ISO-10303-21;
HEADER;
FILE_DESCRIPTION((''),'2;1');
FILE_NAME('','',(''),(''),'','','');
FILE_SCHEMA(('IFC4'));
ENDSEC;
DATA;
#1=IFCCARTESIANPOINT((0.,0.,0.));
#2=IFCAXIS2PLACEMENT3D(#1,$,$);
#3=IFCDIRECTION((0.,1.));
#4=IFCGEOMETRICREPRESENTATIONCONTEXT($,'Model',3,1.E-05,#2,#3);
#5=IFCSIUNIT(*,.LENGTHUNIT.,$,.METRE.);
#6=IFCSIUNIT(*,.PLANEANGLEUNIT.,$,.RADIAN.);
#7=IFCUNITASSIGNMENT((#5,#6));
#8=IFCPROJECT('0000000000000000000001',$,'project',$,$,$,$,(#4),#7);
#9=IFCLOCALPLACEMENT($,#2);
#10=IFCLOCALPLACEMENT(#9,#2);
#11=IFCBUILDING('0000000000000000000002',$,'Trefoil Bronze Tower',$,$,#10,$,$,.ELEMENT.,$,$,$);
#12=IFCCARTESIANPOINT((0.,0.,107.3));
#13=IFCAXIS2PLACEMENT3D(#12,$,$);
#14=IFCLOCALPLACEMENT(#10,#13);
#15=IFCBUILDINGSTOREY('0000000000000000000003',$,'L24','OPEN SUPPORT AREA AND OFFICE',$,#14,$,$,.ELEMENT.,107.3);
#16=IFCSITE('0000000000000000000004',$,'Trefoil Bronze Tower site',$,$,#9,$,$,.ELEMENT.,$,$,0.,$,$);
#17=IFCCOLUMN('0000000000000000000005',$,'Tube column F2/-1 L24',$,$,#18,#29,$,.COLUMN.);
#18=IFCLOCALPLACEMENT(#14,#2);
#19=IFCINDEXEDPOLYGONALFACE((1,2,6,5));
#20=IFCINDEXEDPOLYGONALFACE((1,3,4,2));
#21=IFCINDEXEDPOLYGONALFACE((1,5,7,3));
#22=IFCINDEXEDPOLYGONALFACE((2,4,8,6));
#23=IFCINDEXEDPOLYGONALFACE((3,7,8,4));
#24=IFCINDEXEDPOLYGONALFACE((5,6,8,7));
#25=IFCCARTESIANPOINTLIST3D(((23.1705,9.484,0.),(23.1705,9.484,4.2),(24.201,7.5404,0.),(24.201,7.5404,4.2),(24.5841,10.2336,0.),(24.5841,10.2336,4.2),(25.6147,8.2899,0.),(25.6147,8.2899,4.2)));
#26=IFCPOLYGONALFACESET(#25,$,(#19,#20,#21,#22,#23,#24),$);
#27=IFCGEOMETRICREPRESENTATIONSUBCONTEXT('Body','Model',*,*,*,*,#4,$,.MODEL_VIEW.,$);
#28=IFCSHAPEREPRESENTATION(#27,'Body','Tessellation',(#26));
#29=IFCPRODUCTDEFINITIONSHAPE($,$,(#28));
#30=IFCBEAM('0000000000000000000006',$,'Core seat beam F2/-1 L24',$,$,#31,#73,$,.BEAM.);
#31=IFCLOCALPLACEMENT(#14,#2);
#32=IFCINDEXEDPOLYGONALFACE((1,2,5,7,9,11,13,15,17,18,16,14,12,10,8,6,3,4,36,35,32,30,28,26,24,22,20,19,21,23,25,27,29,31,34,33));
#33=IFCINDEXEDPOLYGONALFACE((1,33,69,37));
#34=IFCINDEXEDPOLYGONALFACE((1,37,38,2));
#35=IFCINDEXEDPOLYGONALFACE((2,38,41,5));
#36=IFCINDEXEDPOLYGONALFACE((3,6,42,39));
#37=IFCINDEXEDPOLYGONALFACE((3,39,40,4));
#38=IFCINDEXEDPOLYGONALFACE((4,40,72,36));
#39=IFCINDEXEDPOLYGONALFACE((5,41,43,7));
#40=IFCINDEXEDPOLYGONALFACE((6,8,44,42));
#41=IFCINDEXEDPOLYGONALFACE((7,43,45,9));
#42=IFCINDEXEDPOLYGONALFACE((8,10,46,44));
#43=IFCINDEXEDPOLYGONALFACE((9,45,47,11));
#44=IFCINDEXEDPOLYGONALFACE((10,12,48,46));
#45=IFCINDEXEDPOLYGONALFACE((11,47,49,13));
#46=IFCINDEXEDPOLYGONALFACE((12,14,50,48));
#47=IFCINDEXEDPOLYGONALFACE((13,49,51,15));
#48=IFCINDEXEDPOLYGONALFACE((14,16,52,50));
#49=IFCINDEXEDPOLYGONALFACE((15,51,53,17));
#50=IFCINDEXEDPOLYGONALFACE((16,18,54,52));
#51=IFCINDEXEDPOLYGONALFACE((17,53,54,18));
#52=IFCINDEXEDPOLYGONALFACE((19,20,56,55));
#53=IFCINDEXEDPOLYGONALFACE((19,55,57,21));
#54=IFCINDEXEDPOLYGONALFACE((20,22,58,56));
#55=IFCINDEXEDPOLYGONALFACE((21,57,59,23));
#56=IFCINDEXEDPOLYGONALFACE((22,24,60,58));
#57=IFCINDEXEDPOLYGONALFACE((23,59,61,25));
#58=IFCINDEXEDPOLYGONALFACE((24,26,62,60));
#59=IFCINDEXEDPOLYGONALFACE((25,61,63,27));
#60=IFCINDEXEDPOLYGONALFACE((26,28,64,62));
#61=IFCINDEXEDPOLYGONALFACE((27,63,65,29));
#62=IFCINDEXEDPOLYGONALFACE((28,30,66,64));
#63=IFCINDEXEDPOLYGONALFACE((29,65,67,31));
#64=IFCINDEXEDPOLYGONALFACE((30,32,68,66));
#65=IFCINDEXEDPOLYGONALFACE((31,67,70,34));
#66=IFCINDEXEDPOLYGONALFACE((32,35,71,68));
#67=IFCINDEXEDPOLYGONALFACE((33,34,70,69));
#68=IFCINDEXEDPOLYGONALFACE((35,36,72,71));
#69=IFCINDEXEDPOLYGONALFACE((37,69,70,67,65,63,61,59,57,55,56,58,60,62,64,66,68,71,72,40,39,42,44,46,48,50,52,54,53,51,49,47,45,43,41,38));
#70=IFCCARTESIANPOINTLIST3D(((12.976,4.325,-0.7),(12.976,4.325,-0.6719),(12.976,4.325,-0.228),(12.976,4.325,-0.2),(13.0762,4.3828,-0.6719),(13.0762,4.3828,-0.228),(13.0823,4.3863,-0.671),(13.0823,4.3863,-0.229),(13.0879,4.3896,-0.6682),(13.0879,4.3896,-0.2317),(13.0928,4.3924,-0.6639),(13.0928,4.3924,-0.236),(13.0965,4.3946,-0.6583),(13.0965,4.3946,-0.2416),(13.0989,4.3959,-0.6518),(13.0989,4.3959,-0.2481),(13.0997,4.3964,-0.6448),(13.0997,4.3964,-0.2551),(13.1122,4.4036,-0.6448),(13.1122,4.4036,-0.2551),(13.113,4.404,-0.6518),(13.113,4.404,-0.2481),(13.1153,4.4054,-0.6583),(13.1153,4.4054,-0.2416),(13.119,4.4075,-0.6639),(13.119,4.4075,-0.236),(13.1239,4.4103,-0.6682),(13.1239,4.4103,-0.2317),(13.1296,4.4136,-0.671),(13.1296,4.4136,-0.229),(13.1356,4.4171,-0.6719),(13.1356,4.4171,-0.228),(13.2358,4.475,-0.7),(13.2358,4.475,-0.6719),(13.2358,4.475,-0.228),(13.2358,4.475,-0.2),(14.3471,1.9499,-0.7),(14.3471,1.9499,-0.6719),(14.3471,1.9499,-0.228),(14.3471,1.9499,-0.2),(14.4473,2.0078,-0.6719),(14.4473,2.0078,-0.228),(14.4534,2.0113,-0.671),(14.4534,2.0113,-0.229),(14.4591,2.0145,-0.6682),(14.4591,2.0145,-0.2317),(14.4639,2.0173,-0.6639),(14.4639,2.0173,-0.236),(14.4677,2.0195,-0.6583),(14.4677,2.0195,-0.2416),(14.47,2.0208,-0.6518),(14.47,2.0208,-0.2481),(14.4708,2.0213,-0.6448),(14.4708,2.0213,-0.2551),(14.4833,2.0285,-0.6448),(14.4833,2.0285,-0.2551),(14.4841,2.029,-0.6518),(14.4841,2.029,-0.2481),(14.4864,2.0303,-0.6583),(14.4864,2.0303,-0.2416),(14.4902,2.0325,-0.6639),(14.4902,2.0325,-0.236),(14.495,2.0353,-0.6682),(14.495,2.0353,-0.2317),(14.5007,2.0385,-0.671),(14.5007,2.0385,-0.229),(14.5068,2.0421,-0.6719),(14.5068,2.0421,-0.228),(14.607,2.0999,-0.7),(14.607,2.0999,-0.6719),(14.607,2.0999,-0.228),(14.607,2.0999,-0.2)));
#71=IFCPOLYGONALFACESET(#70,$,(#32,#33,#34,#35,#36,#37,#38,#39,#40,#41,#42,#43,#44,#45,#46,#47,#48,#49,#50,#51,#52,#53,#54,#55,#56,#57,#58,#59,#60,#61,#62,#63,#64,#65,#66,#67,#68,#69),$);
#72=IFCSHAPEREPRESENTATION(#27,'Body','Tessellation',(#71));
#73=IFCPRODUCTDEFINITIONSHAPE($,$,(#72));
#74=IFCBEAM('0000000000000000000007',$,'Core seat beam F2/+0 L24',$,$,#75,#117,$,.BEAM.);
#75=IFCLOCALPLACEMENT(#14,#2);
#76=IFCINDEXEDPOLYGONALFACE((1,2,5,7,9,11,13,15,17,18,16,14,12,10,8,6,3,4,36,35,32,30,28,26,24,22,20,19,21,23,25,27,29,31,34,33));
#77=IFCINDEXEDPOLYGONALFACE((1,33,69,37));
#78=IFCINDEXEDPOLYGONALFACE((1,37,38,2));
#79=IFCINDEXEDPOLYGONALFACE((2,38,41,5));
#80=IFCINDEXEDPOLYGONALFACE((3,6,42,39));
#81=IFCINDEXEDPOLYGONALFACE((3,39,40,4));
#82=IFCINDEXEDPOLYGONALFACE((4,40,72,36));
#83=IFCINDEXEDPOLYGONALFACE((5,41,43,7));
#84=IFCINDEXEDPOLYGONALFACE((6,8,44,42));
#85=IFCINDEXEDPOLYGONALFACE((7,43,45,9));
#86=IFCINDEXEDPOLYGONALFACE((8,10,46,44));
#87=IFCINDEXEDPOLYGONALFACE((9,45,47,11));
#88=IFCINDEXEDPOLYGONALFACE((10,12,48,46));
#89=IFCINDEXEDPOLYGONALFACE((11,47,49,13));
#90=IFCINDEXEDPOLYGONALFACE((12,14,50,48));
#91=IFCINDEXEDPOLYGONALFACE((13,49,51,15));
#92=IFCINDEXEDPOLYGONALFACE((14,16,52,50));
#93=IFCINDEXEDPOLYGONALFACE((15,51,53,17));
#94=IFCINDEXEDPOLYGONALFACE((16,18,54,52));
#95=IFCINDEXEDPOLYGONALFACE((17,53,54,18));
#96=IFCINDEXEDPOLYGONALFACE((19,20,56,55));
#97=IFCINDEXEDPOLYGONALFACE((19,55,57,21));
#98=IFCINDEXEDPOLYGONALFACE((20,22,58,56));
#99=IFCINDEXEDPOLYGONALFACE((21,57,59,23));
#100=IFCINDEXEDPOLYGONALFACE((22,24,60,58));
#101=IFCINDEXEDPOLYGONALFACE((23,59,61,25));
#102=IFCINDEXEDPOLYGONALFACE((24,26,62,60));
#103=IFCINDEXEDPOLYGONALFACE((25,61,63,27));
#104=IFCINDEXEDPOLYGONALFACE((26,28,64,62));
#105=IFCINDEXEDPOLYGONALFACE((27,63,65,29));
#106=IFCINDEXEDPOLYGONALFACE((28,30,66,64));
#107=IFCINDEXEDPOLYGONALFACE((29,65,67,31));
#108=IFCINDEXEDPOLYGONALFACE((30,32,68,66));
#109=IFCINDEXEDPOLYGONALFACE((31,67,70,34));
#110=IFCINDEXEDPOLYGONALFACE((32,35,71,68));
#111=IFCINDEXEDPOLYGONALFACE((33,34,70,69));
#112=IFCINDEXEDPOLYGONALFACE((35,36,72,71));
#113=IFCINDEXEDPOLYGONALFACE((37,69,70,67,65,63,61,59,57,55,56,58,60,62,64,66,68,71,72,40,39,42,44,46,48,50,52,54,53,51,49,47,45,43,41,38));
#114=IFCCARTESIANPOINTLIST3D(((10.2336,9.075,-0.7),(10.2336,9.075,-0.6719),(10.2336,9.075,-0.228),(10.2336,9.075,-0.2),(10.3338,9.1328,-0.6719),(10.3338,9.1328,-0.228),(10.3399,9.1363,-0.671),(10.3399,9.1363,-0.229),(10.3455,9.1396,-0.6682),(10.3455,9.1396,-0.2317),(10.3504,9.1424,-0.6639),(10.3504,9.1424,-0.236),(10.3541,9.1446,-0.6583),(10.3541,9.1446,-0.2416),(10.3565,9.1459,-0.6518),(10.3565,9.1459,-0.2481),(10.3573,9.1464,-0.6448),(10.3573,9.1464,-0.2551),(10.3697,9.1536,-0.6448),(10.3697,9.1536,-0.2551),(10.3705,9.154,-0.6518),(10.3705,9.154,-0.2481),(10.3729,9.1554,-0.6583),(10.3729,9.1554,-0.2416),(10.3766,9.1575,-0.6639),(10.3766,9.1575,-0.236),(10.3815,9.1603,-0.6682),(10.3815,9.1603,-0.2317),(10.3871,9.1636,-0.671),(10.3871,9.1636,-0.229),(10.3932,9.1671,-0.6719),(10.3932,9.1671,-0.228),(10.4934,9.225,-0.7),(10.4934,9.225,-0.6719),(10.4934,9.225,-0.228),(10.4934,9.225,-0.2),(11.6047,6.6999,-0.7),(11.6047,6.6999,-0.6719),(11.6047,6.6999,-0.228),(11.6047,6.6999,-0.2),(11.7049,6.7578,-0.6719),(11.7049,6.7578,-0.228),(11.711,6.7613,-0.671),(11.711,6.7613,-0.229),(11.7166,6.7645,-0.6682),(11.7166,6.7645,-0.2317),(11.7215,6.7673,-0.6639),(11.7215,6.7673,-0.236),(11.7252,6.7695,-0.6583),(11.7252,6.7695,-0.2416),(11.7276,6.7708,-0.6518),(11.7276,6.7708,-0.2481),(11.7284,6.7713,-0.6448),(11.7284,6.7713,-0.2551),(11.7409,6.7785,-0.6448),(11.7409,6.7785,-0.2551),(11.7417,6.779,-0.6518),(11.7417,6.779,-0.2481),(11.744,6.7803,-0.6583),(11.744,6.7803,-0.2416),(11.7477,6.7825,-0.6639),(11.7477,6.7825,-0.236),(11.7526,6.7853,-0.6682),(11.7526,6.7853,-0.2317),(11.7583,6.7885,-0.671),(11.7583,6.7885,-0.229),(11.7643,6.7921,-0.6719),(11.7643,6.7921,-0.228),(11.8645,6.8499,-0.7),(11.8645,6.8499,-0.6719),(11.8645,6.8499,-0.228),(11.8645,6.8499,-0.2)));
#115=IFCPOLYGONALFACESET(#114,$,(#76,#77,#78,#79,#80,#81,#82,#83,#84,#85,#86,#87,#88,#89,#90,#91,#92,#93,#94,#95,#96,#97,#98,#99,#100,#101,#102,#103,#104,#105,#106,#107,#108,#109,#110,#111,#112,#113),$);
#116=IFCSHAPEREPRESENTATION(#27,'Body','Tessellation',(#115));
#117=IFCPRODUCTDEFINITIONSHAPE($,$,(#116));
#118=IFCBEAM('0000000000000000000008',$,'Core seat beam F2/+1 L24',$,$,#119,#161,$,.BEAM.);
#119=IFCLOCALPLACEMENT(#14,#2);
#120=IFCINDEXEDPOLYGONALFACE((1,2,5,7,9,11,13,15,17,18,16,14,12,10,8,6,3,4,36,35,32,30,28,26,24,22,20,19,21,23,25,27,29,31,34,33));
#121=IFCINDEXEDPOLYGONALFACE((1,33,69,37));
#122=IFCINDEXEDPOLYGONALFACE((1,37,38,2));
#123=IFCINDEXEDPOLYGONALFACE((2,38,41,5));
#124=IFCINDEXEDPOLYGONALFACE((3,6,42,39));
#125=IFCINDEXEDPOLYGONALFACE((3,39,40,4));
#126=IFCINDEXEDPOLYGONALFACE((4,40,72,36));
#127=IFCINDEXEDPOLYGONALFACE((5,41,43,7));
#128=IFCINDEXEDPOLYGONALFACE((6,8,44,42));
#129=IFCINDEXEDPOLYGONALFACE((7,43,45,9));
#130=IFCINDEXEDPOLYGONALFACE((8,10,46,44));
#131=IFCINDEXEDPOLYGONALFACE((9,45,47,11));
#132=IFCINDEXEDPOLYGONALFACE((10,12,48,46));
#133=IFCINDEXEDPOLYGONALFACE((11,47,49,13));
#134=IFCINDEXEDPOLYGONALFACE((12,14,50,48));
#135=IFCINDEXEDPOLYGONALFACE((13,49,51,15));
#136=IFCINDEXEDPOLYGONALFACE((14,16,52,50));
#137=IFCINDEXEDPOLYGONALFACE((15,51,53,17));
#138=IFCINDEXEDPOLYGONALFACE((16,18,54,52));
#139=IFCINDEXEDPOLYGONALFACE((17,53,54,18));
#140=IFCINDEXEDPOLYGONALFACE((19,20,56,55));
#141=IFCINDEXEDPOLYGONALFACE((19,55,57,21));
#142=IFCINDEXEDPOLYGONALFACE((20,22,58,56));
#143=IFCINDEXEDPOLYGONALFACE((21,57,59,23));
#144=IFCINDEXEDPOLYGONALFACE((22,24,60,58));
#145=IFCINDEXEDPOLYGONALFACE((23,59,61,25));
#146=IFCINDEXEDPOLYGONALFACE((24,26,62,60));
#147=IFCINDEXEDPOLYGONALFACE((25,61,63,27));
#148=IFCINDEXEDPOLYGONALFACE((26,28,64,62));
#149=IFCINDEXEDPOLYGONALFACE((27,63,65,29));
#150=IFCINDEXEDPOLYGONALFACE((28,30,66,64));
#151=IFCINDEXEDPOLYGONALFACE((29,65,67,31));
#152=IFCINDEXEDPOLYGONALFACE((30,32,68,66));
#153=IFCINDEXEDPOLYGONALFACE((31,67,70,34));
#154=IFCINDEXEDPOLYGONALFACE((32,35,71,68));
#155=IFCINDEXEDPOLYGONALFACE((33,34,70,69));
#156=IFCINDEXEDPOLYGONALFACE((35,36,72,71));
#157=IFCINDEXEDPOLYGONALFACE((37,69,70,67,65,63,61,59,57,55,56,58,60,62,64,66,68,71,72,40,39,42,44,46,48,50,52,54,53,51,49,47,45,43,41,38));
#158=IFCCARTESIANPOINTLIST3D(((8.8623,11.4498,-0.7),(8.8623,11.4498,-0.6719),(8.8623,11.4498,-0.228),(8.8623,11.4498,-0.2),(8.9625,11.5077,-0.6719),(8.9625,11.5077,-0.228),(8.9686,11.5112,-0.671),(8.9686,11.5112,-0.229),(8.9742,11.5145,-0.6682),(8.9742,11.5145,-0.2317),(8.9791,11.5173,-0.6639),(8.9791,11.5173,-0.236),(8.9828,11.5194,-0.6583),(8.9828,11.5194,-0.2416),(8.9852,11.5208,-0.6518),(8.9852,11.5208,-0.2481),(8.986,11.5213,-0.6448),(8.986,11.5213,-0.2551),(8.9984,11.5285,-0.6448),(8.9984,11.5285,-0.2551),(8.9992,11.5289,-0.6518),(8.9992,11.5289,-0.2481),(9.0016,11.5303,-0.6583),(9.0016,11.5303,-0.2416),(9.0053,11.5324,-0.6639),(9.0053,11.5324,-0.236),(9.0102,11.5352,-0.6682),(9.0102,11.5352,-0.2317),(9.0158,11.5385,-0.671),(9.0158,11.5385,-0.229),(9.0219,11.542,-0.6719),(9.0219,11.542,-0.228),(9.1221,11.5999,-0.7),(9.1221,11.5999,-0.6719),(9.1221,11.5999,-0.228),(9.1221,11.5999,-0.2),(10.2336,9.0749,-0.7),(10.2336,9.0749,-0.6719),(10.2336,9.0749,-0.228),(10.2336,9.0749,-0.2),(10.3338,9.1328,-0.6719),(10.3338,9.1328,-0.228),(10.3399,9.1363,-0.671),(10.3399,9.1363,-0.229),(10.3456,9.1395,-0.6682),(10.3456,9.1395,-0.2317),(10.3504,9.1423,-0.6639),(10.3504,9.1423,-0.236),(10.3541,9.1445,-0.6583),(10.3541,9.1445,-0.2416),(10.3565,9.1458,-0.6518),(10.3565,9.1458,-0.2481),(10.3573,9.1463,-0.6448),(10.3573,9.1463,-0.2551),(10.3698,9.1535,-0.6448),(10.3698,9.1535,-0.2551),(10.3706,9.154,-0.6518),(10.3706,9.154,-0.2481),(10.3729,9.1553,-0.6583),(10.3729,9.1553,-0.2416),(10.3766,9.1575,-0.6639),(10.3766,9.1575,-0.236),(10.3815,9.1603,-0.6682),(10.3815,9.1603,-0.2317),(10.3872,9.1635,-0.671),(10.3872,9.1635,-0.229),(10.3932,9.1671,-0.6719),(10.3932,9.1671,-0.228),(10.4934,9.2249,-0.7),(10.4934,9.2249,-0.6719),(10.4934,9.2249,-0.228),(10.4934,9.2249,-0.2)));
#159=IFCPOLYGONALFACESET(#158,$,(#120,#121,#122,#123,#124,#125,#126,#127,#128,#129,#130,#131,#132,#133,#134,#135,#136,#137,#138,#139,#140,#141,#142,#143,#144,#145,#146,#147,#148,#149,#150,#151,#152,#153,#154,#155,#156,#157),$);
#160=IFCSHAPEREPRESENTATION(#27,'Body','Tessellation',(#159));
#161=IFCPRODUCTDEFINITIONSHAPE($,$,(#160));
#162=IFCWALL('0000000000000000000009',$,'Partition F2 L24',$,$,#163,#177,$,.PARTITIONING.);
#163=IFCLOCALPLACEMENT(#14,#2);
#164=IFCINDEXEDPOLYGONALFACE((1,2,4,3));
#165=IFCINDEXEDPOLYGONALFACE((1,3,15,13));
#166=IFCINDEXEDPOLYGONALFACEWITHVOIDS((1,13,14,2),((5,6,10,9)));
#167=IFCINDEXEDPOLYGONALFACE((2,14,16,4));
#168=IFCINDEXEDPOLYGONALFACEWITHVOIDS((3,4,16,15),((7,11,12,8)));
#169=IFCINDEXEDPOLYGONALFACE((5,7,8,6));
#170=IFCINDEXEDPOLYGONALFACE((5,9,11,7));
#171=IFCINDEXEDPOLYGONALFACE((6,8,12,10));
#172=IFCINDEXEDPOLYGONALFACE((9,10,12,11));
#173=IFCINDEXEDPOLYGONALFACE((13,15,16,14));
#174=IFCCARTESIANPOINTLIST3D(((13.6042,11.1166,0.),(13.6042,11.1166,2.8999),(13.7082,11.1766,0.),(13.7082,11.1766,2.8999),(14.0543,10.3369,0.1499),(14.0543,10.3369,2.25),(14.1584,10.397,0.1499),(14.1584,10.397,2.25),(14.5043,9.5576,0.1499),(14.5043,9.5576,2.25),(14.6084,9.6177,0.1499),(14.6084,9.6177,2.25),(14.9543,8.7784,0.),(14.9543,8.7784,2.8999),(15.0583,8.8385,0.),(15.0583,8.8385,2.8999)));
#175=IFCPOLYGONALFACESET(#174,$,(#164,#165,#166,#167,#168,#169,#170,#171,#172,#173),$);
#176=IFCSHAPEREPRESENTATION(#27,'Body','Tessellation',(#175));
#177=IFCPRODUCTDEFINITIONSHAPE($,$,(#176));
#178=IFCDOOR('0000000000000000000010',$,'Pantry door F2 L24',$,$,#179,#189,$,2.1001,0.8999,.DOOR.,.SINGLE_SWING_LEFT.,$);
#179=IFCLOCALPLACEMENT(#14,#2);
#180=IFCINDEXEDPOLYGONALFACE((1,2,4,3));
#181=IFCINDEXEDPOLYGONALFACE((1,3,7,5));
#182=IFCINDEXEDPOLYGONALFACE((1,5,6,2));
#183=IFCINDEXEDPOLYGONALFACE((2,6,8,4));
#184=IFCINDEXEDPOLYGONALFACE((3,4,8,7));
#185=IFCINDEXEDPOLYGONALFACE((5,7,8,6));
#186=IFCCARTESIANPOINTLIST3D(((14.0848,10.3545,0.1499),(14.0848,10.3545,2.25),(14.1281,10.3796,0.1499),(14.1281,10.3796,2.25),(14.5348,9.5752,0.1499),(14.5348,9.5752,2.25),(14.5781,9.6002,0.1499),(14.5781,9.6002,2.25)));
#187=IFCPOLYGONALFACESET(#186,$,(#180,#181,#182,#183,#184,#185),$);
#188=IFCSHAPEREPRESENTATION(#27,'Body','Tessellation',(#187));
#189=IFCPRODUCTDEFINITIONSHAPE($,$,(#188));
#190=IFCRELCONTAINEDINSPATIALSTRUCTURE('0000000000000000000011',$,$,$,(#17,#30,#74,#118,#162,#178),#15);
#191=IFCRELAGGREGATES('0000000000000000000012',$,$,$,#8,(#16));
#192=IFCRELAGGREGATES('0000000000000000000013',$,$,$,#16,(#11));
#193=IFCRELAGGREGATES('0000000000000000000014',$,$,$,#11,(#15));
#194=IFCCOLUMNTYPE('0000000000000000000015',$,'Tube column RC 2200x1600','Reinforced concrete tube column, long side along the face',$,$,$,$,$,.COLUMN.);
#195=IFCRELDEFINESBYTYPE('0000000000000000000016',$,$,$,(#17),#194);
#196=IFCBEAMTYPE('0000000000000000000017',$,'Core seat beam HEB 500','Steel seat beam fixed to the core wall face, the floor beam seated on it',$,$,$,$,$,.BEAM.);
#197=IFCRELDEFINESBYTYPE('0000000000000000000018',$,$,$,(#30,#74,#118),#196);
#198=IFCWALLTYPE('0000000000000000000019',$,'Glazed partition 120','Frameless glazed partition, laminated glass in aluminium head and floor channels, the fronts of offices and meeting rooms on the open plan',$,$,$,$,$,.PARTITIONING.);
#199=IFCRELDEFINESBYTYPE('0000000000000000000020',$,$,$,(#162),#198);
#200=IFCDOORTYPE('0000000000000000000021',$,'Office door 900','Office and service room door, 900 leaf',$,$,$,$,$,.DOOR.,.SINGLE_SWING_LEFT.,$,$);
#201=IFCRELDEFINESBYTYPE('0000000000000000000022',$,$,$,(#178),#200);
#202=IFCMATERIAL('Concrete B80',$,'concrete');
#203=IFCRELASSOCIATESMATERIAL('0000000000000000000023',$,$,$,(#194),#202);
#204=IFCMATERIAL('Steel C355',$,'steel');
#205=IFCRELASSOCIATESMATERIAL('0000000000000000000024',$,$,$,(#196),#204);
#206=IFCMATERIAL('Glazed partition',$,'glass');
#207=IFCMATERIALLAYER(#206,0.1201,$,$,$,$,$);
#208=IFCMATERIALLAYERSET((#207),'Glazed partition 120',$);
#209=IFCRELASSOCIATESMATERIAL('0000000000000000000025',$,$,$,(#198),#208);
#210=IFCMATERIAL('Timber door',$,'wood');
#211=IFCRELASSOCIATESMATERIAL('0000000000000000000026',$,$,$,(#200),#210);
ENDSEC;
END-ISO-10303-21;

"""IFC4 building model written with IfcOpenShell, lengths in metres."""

from ifc_helpers import new_model, si_unit, direction, frame, frame_2d, origin, origin_2d, place, context, subcontext, project, spatial, rectangle, i_section, extrude, material, layer, layer_set, material_profile, profile_set, type_object, element, fill, save


model = new_model("IFC4")

# Units and contexts
model_context = context("Model", 3, precision=1e-05, world=origin(), true_north=direction((0.0, 1.0)))
body_context = subcontext(model_context, "Body", "Model", "MODEL_VIEW")
ifc_project = project(units=[si_unit("LENGTHUNIT", "METRE"), si_unit("PLANEANGLEUNIT", "RADIAN")], contexts=[model_context])

# Site, building, storey
site_placement = place(None, origin())
site = spatial("IfcSite", under=ifc_project, at=site_placement, Name="Trefoil Bronze Tower site", CompositionType="ELEMENT", RefElevation=0.0)
building_placement = place(site_placement, origin())
building = spatial("IfcBuilding", under=site, at=building_placement, Name="Trefoil Bronze Tower", CompositionType="ELEMENT")
storey_placement = place(building_placement, frame((0.0, 0.0, 107.3)))
storey = spatial("IfcBuildingStorey", under=building, at=storey_placement, Name="L24", Description="OPEN SUPPORT AREA AND OFFICE", CompositionType="ELEMENT", Elevation=107.3)

# Column
ifc_material_1 = material(Name="Concrete B80", Category="concrete")
ifc_material_profile_1 = material_profile(ifc_material_1, rectangle(XDim=2.2, YDim=1.6001, at=origin_2d()), Name="RC 2200x1600")
ifc_profile_set_1 = profile_set([ifc_material_profile_1], Name="Concrete B80")
column_type = type_object("IfcColumnType", Name="Tube column RC 2200x1600", Description="Reinforced concrete tube column, long side along the face", PredefinedType="COLUMN", material=ifc_profile_set_1)
column_placement = place(storey_placement, frame((24.3926, 8.887, 0.0), z_axis=(0.0, 0.0, 1.0), x_axis=(-0.468457, 0.883486, 0.0)))
element("IfcColumn", 1, at=column_placement, inside=storey, type_object=column_type, Name="Tube column F2/-1 L24", PredefinedType="COLUMN", context=body_context, shape_type="SweptSolid", body=[
    extrude(rectangle(XDim=2.2, YDim=1.6001, at=origin_2d()), origin(), (0.0, 0.0, 1.0), 4.2),
])

# Beams
ifc_material_2 = material(Name="Steel C355", Category="steel")
ifc_material_profile_2 = material_profile(ifc_material_2, i_section(OverallWidth=0.3, OverallDepth=0.5, WebThickness=0.0144, FlangeThickness=0.0281, FilletRadius=0.0271, at=origin_2d()), Name="HEB 500")
ifc_profile_set_2 = profile_set([ifc_material_profile_2], Name="Steel C355")
beam_type = type_object("IfcBeamType", Name="Core seat beam HEB 500", Description="Steel seat beam fixed to the core wall face, the floor beam seated on it", PredefinedType="BEAM", material=ifc_profile_set_2)
for number, where, z_axis, x_axis, name in (
    (2, (14.4771, 2.0249, -0.45), (-0.499969, 0.866043, 0.0), (-0.866043, -0.499969, 0.0), "Core seat beam F2/-1 L24"),
    (3, (11.7346, 6.7749, -0.45), (-0.499969, 0.866043, 0.0), (-0.866043, -0.499969, 0.0), "Core seat beam F2/+0 L24"),
    (4, (10.3635, 9.1499, -0.45), (-0.500036, 0.866005, 0.0), (-0.866005, -0.500036, 0.0), "Core seat beam F2/+1 L24"),
):
    element("IfcBeam", number, at=place(storey_placement, frame(where, z_axis=z_axis, x_axis=x_axis)), inside=storey, type_object=beam_type, Name=name, PredefinedType="BEAM", context=body_context, shape_type="SweptSolid", body=[
        extrude(i_section(OverallWidth=0.3, OverallDepth=0.5, WebThickness=0.0144, FlangeThickness=0.0281, FilletRadius=0.0271, at=origin_2d()), origin(), (0.0, 0.0, 1.0), 2.7424),
    ])

# Wall, opening, door
ifc_material_3 = material(Name="Glazed partition", Category="glass")
ifc_layer_1 = layer(ifc_material_3, 0.1201)
ifc_layer_set_1 = layer_set([ifc_layer_1], Name="Glazed partition 120")
wall_type_1 = type_object("IfcWallType", Name="Glazed partition 120", Description="Frameless glazed partition, laminated glass in aluminium head and floor channels, the fronts of offices and meeting rooms on the open plan", PredefinedType="PARTITIONING", material=ifc_layer_set_1)
wall_1_placement = place(storey_placement, frame((15.0063, 8.8083, 0.0), z_axis=(0.0, 0.0, 1.0), x_axis=(-0.500049, 0.865997, 0.0)))
wall_1 = element("IfcWall", 5, at=wall_1_placement, inside=storey, type_object=wall_type_1, Name="Partition F2 L24", PredefinedType="PARTITIONING", context=body_context, shape_type="SweptSolid", body=[
    extrude(rectangle(XDim=2.7, YDim=0.1201, at=frame_2d((1.3501, 0.0))), origin(), (0.0, 0.0, 1.0), 2.8999),
])
opening_1_placement = place(wall_1_placement, frame((0.8999, 0.0, 0.1499)))
opening_1 = element("IfcOpeningElement", 6, at=opening_1_placement, cuts=wall_1, PredefinedType="OPENING", context=body_context, shape_type="SweptSolid", body=[
    extrude(rectangle(XDim=0.8999, YDim=2.1001, at=frame_2d((0.45, 1.05))), frame((0.0, 0.0701, 0.0), z_axis=(0.0, -1.0, 0.0), x_axis=(1.0, 0.0, 0.0)), (0.0, 0.0, 1.0), 0.1401),
])
ifc_material_4 = material(Name="Timber door", Category="wood")
door_type_1 = type_object("IfcDoorType", Name="Office door 900", Description="Office and service room door, 900 leaf", OperationType="SINGLE_SWING_LEFT", PredefinedType="DOOR", material=ifc_material_4)
door_1_placement = place(opening_1_placement, origin())
door_1 = element("IfcDoor", 7, at=door_1_placement, inside=storey, type_object=door_type_1, Name="Pantry door F2 L24", OperationType="SINGLE_SWING_LEFT", OverallHeight=2.1001, OverallWidth=0.8999, PredefinedType="DOOR", context=body_context, shape_type="SweptSolid", body=[
    extrude(rectangle(XDim=0.8999, YDim=2.1001, at=frame_2d((0.45, 1.05))), frame((0.0, 0.0249, 0.0), z_axis=(0.0, -1.0, 0.0), x_axis=(1.0, 0.0, 0.0)), (0.0, 0.0, 1.0), 0.05),
])
fill(opening_1, door_1)

save(model, "model.ifc")
